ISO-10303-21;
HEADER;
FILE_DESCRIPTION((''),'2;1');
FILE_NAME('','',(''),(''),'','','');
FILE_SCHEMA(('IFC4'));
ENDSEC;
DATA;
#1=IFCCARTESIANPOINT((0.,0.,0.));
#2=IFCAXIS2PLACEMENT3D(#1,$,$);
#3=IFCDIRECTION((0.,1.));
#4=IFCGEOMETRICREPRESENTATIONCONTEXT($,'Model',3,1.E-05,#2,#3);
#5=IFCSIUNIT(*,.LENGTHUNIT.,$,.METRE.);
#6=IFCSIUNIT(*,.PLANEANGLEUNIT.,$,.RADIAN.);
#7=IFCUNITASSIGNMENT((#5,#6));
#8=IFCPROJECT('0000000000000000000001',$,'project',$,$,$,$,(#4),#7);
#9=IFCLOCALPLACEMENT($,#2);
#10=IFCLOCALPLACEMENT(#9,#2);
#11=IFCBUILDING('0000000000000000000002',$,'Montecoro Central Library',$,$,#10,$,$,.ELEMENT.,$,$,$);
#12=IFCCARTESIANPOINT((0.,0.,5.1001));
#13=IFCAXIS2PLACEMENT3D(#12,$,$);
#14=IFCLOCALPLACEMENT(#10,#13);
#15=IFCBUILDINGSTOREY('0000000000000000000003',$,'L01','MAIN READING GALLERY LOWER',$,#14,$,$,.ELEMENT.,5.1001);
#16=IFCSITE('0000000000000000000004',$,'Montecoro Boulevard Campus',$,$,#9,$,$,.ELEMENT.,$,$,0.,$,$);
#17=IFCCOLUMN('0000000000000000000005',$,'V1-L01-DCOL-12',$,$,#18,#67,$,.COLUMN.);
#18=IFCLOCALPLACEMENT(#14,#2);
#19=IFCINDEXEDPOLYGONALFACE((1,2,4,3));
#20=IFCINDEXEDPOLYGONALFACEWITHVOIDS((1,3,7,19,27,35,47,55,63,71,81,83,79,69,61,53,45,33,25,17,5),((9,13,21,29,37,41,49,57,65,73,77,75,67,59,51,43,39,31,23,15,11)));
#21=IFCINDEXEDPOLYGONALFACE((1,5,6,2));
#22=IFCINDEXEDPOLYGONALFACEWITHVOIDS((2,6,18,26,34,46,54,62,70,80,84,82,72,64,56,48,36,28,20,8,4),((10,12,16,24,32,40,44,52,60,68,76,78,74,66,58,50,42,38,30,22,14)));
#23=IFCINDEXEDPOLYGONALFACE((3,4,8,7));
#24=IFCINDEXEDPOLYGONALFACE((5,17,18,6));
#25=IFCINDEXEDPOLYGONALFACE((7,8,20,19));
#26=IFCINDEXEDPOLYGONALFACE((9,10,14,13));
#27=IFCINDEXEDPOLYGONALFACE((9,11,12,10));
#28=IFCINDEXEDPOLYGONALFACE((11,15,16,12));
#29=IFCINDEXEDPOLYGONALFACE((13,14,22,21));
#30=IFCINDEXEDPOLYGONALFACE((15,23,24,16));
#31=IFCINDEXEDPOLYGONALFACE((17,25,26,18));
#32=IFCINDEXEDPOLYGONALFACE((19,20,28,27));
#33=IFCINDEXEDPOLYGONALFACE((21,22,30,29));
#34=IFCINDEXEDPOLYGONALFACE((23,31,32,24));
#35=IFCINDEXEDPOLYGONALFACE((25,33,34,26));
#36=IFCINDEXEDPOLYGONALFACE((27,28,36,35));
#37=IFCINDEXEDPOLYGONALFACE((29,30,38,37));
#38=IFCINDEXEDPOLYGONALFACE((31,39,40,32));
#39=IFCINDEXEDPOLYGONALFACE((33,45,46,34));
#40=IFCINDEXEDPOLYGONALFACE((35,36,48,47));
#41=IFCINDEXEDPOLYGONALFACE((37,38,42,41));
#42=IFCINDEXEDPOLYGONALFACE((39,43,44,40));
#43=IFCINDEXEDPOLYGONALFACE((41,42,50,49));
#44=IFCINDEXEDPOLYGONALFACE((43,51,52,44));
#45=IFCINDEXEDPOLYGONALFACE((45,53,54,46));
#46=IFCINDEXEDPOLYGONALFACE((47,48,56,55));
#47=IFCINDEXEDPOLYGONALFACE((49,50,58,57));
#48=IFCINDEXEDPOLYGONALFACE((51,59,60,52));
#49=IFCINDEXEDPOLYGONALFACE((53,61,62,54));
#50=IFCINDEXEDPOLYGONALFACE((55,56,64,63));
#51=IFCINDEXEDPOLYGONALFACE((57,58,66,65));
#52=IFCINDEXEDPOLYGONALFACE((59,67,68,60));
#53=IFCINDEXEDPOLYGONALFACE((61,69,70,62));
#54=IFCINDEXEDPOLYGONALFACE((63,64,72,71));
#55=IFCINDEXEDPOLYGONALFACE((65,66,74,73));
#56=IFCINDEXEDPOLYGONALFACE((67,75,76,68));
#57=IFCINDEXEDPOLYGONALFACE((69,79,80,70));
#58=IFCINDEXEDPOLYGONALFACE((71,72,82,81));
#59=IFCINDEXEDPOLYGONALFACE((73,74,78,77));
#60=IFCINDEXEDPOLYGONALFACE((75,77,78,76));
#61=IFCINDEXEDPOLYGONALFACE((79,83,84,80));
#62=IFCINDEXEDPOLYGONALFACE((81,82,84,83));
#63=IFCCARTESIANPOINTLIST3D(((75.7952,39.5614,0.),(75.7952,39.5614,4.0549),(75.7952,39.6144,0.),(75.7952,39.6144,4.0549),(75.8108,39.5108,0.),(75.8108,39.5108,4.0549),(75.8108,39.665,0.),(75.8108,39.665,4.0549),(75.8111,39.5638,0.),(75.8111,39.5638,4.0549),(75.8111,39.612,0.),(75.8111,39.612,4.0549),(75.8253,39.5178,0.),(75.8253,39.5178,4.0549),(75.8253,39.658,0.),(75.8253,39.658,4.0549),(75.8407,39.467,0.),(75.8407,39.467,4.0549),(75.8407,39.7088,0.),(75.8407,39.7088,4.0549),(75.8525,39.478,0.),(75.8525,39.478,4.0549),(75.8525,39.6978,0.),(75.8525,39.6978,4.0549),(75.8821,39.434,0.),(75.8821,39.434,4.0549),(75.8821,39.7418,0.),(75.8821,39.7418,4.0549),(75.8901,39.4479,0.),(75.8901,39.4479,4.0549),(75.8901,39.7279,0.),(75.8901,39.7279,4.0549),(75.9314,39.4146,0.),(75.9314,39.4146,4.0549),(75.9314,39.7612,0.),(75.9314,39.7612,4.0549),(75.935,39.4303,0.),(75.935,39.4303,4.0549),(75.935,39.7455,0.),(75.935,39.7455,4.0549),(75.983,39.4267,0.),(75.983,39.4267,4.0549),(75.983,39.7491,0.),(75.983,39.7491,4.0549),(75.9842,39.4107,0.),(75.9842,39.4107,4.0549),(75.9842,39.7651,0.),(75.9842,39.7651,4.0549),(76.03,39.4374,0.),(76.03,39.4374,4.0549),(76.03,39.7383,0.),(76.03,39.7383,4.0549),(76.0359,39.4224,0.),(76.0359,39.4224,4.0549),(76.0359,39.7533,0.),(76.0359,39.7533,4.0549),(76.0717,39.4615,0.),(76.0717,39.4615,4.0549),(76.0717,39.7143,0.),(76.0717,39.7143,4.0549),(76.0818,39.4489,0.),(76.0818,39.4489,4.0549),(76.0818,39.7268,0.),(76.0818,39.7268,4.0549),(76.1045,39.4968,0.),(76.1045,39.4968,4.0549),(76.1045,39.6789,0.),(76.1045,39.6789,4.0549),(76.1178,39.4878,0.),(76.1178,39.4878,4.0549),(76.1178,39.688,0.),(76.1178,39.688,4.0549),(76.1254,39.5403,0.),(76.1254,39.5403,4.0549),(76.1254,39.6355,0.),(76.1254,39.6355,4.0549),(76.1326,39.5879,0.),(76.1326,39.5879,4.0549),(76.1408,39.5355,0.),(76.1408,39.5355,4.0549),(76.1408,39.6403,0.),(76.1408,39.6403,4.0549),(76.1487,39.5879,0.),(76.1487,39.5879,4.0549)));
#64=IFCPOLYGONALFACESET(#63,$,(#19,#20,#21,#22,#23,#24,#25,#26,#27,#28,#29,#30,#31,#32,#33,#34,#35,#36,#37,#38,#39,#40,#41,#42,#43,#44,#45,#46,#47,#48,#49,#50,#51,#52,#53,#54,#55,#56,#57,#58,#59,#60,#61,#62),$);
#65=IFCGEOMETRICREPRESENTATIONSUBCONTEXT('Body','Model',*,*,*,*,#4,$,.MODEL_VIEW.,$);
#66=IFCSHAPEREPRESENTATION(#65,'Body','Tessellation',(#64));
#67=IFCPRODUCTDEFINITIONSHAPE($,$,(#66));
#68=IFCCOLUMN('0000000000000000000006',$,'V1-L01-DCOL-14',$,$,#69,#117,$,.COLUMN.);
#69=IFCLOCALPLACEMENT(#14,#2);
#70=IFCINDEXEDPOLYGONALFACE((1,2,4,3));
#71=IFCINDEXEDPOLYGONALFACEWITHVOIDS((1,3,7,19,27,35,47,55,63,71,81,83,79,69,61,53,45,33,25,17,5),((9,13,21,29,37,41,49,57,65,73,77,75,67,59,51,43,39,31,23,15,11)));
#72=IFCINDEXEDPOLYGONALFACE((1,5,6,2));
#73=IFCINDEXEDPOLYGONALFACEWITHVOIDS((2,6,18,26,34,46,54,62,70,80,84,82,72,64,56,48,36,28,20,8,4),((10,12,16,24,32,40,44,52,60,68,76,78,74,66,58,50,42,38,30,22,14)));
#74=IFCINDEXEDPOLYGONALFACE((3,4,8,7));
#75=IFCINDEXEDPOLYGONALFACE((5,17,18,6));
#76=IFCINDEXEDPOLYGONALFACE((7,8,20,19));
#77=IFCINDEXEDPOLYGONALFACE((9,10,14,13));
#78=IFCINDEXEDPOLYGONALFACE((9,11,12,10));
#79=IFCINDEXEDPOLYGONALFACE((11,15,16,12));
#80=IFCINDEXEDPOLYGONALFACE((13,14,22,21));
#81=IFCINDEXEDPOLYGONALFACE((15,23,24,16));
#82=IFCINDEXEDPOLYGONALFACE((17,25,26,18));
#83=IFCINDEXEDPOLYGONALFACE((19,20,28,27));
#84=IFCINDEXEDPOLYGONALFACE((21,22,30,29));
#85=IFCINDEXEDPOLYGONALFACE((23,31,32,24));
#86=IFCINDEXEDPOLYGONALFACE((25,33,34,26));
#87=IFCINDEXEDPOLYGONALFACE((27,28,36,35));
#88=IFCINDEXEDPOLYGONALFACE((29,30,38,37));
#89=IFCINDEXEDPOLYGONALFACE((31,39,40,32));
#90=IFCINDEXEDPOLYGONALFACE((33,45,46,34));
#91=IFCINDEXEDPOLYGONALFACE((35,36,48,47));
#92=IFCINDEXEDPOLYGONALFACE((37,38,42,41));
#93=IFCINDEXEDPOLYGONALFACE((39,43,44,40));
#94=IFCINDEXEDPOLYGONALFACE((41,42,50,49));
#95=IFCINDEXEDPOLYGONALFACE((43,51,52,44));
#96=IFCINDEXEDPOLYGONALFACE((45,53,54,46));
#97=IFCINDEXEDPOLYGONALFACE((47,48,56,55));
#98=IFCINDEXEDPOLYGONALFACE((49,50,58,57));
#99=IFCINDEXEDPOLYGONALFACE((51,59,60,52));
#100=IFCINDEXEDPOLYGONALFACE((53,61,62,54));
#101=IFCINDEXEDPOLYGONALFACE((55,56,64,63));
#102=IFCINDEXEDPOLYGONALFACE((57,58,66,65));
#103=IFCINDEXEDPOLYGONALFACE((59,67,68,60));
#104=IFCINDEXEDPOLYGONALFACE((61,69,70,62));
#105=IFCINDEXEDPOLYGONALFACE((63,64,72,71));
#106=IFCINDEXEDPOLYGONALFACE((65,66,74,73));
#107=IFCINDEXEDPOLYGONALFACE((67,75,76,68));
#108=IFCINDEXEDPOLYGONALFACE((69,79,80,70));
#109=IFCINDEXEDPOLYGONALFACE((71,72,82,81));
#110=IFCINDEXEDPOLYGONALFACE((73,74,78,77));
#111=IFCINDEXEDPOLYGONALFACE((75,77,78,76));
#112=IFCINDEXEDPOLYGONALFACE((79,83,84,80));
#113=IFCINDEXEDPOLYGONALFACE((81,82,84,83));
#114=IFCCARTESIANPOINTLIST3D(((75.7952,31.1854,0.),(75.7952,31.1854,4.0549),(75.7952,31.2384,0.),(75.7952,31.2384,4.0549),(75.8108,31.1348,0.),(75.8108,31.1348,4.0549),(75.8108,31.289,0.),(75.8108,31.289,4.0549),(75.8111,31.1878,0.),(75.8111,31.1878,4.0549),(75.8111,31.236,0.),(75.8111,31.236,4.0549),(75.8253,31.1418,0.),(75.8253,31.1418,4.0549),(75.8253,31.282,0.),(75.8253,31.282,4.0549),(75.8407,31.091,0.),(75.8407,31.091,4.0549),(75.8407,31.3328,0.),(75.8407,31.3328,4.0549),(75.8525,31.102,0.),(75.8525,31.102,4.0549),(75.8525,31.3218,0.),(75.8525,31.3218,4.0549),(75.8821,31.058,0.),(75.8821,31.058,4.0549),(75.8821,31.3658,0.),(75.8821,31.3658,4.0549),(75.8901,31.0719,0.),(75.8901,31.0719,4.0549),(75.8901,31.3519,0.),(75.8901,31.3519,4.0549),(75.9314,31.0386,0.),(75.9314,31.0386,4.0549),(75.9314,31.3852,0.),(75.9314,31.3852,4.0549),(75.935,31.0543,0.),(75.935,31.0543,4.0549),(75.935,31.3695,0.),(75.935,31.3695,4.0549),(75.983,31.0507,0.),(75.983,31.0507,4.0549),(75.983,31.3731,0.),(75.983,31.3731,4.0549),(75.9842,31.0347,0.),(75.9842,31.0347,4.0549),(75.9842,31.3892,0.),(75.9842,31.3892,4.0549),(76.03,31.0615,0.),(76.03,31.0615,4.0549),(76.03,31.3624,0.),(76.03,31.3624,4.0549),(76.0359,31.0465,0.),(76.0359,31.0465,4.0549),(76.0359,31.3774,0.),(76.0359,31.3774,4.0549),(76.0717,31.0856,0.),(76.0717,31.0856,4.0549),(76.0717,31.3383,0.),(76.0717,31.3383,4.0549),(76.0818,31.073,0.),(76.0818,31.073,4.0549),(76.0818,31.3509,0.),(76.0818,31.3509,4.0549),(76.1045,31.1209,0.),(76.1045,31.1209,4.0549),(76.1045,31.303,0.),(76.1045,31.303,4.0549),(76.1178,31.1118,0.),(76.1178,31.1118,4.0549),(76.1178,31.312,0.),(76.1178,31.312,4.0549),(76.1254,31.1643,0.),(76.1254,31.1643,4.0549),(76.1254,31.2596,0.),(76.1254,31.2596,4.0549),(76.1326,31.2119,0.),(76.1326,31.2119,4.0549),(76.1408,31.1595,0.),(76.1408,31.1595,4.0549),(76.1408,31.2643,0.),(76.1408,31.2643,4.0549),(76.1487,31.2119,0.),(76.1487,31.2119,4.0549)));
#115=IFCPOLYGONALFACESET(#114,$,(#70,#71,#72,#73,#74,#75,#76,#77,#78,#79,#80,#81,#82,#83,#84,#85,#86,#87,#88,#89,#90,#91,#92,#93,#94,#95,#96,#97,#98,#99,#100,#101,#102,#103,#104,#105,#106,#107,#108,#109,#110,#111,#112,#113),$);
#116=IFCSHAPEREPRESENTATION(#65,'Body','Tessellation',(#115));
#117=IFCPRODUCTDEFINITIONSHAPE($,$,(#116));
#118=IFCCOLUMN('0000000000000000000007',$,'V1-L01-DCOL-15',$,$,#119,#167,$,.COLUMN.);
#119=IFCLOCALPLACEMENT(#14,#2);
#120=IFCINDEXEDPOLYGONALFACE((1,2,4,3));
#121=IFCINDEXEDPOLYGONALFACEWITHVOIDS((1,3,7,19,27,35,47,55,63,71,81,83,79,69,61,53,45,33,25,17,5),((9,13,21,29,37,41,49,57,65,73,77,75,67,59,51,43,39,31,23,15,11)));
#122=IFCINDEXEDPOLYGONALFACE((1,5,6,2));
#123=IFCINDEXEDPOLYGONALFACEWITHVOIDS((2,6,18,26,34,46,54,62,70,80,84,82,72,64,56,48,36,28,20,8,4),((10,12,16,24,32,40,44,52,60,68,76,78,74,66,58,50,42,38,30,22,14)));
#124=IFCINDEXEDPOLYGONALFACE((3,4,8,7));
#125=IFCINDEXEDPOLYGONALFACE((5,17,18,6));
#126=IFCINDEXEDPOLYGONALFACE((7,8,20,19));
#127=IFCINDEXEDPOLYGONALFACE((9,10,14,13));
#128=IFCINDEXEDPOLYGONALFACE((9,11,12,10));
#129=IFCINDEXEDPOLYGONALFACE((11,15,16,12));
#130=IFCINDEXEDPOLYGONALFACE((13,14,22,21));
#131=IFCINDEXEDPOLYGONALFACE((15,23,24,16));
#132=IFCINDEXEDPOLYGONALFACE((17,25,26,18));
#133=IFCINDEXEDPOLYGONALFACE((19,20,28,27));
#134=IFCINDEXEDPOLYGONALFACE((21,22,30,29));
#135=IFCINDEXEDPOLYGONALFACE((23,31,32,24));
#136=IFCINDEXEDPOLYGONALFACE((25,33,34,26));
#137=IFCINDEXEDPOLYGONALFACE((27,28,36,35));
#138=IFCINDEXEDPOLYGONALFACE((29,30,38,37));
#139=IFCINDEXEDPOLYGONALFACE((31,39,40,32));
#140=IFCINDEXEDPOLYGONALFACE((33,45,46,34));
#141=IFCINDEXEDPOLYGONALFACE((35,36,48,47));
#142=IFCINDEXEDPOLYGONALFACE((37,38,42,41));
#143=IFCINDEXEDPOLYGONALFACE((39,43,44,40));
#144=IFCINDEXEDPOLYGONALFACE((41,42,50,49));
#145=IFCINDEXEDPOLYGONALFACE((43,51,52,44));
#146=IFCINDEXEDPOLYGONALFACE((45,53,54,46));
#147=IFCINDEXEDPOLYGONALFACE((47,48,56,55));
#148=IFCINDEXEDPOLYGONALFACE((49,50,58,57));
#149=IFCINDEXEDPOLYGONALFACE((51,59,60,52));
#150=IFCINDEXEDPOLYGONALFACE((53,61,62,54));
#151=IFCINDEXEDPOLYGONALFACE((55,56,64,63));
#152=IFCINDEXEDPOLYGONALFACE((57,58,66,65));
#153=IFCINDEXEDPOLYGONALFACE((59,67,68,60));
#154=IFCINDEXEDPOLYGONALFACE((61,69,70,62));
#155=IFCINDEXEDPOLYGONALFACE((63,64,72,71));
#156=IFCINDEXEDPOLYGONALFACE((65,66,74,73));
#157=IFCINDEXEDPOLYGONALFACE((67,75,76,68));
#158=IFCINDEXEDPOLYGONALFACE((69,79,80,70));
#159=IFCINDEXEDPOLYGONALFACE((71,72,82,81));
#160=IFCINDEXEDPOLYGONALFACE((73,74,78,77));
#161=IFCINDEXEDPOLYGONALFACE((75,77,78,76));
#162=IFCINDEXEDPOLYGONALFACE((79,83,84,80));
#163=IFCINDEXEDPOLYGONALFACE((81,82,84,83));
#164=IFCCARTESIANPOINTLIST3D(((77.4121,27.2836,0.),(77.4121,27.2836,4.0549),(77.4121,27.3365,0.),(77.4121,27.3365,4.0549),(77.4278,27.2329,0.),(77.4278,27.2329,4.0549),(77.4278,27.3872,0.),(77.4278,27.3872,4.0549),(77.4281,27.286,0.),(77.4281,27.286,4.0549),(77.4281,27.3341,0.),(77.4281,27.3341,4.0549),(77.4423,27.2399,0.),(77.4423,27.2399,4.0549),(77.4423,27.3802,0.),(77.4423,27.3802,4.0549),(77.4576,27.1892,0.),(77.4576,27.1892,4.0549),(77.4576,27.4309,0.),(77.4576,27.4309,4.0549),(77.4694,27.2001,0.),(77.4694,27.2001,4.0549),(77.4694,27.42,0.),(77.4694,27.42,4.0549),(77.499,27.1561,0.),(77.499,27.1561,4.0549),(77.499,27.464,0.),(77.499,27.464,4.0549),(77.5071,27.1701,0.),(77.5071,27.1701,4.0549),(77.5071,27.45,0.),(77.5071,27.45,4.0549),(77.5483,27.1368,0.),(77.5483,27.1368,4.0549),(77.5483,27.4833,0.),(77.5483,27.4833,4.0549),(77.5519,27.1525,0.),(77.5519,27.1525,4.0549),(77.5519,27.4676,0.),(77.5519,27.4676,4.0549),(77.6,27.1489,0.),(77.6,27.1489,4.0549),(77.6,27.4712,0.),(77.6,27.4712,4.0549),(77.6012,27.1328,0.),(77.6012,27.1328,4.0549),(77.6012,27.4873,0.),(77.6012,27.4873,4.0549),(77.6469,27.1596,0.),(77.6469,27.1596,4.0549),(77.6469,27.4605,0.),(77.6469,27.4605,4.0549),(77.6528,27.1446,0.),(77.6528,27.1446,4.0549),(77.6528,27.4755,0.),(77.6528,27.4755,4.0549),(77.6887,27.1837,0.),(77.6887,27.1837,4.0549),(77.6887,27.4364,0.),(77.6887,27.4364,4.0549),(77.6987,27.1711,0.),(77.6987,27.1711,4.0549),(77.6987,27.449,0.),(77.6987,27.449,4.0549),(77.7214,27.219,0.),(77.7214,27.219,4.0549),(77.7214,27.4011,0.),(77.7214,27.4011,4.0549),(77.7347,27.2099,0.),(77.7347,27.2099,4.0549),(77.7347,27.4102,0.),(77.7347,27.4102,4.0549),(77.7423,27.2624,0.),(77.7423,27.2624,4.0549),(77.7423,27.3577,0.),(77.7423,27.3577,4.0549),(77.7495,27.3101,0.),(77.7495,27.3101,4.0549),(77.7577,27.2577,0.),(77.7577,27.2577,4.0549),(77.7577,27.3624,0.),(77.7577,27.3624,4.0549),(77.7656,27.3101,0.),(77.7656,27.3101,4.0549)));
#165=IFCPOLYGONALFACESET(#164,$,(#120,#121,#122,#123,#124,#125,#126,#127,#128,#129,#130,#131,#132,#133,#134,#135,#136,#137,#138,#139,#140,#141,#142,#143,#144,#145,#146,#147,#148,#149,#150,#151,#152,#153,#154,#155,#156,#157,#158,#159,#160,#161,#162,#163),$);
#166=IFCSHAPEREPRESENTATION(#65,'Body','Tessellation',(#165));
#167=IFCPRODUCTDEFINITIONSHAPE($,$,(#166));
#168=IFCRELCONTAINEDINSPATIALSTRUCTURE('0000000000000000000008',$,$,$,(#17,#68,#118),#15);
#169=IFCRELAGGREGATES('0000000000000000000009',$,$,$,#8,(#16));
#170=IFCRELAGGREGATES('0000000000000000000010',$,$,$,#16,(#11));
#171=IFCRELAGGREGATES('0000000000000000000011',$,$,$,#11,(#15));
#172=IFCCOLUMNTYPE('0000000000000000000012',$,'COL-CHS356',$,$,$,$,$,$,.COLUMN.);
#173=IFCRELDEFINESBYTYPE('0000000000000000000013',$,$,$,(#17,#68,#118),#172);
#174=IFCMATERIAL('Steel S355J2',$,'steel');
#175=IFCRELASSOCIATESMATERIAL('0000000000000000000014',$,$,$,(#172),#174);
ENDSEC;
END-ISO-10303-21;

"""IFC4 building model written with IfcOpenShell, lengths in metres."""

from ifc_helpers import new_model, si_unit, direction, frame, origin, origin_2d, place, context, subcontext, project, spatial, hollow_circle, extrude, material, material_profile, profile_set, type_object, element, save


model = new_model("IFC4")

# Units and contexts
model_context = context("Model", 3, precision=1e-05, world=origin(), true_north=direction((0.0, 1.0)))
body_context = subcontext(model_context, "Body", "Model", "MODEL_VIEW")
ifc_project = project(units=[si_unit("LENGTHUNIT", "METRE"), si_unit("PLANEANGLEUNIT", "RADIAN")], contexts=[model_context])

# Site, building, storey
site_placement = place(None, origin())
site = spatial("IfcSite", under=ifc_project, at=site_placement, Name="Montecoro Boulevard Campus", CompositionType="ELEMENT", RefElevation=0.0)
building_placement = place(site_placement, origin())
building = spatial("IfcBuilding", under=site, at=building_placement, Name="Montecoro Central Library", CompositionType="ELEMENT")
storey_placement = place(building_placement, frame((0.0, 0.0, 5.1001)))
storey = spatial("IfcBuildingStorey", under=building, at=storey_placement, Name="L01", Description="MAIN READING GALLERY LOWER", CompositionType="ELEMENT", Elevation=5.1001)

# Columns
ifc_material_1 = material(Name="Steel S355J2", Category="steel")
ifc_material_profile_1 = material_profile(ifc_material_1, hollow_circle(Radius=0.1777, WallThickness=0.0161, at=origin_2d()), Name="CHS 355.6x16.0")
ifc_profile_set_1 = profile_set([ifc_material_profile_1], Name="Steel S355J2")
column_type = type_object("IfcColumnType", Name="COL-CHS356", PredefinedType="COLUMN", material=ifc_profile_set_1)
for number, where, z_axis, x_axis, name in (
    (1, (75.9709, 39.5879, 0.0), (0.0, 0.0, 1.0), (1.0, 0.0, 0.0), "V1-L01-DCOL-12"),
    (2, (75.9709, 31.2119, 0.0), (0.0, 0.0, 1.0), (1.0, 0.0, 0.0), "V1-L01-DCOL-14"),
    (3, (77.5879, 27.3101, 0.0), (0.0, 0.0, 1.0), (1.0, 0.0, 0.0), "V1-L01-DCOL-15"),
):
    element("IfcColumn", number, at=place(storey_placement, frame(where, z_axis=z_axis, x_axis=x_axis)), inside=storey, type_object=column_type, Name=name, PredefinedType="COLUMN", context=body_context, shape_type="SweptSolid", body=[
        extrude(hollow_circle(Radius=0.1777, WallThickness=0.0161, at=origin_2d()), origin(), (0.0, 0.0, 1.0), 4.0549),
    ])

save(model, "model.ifc")
